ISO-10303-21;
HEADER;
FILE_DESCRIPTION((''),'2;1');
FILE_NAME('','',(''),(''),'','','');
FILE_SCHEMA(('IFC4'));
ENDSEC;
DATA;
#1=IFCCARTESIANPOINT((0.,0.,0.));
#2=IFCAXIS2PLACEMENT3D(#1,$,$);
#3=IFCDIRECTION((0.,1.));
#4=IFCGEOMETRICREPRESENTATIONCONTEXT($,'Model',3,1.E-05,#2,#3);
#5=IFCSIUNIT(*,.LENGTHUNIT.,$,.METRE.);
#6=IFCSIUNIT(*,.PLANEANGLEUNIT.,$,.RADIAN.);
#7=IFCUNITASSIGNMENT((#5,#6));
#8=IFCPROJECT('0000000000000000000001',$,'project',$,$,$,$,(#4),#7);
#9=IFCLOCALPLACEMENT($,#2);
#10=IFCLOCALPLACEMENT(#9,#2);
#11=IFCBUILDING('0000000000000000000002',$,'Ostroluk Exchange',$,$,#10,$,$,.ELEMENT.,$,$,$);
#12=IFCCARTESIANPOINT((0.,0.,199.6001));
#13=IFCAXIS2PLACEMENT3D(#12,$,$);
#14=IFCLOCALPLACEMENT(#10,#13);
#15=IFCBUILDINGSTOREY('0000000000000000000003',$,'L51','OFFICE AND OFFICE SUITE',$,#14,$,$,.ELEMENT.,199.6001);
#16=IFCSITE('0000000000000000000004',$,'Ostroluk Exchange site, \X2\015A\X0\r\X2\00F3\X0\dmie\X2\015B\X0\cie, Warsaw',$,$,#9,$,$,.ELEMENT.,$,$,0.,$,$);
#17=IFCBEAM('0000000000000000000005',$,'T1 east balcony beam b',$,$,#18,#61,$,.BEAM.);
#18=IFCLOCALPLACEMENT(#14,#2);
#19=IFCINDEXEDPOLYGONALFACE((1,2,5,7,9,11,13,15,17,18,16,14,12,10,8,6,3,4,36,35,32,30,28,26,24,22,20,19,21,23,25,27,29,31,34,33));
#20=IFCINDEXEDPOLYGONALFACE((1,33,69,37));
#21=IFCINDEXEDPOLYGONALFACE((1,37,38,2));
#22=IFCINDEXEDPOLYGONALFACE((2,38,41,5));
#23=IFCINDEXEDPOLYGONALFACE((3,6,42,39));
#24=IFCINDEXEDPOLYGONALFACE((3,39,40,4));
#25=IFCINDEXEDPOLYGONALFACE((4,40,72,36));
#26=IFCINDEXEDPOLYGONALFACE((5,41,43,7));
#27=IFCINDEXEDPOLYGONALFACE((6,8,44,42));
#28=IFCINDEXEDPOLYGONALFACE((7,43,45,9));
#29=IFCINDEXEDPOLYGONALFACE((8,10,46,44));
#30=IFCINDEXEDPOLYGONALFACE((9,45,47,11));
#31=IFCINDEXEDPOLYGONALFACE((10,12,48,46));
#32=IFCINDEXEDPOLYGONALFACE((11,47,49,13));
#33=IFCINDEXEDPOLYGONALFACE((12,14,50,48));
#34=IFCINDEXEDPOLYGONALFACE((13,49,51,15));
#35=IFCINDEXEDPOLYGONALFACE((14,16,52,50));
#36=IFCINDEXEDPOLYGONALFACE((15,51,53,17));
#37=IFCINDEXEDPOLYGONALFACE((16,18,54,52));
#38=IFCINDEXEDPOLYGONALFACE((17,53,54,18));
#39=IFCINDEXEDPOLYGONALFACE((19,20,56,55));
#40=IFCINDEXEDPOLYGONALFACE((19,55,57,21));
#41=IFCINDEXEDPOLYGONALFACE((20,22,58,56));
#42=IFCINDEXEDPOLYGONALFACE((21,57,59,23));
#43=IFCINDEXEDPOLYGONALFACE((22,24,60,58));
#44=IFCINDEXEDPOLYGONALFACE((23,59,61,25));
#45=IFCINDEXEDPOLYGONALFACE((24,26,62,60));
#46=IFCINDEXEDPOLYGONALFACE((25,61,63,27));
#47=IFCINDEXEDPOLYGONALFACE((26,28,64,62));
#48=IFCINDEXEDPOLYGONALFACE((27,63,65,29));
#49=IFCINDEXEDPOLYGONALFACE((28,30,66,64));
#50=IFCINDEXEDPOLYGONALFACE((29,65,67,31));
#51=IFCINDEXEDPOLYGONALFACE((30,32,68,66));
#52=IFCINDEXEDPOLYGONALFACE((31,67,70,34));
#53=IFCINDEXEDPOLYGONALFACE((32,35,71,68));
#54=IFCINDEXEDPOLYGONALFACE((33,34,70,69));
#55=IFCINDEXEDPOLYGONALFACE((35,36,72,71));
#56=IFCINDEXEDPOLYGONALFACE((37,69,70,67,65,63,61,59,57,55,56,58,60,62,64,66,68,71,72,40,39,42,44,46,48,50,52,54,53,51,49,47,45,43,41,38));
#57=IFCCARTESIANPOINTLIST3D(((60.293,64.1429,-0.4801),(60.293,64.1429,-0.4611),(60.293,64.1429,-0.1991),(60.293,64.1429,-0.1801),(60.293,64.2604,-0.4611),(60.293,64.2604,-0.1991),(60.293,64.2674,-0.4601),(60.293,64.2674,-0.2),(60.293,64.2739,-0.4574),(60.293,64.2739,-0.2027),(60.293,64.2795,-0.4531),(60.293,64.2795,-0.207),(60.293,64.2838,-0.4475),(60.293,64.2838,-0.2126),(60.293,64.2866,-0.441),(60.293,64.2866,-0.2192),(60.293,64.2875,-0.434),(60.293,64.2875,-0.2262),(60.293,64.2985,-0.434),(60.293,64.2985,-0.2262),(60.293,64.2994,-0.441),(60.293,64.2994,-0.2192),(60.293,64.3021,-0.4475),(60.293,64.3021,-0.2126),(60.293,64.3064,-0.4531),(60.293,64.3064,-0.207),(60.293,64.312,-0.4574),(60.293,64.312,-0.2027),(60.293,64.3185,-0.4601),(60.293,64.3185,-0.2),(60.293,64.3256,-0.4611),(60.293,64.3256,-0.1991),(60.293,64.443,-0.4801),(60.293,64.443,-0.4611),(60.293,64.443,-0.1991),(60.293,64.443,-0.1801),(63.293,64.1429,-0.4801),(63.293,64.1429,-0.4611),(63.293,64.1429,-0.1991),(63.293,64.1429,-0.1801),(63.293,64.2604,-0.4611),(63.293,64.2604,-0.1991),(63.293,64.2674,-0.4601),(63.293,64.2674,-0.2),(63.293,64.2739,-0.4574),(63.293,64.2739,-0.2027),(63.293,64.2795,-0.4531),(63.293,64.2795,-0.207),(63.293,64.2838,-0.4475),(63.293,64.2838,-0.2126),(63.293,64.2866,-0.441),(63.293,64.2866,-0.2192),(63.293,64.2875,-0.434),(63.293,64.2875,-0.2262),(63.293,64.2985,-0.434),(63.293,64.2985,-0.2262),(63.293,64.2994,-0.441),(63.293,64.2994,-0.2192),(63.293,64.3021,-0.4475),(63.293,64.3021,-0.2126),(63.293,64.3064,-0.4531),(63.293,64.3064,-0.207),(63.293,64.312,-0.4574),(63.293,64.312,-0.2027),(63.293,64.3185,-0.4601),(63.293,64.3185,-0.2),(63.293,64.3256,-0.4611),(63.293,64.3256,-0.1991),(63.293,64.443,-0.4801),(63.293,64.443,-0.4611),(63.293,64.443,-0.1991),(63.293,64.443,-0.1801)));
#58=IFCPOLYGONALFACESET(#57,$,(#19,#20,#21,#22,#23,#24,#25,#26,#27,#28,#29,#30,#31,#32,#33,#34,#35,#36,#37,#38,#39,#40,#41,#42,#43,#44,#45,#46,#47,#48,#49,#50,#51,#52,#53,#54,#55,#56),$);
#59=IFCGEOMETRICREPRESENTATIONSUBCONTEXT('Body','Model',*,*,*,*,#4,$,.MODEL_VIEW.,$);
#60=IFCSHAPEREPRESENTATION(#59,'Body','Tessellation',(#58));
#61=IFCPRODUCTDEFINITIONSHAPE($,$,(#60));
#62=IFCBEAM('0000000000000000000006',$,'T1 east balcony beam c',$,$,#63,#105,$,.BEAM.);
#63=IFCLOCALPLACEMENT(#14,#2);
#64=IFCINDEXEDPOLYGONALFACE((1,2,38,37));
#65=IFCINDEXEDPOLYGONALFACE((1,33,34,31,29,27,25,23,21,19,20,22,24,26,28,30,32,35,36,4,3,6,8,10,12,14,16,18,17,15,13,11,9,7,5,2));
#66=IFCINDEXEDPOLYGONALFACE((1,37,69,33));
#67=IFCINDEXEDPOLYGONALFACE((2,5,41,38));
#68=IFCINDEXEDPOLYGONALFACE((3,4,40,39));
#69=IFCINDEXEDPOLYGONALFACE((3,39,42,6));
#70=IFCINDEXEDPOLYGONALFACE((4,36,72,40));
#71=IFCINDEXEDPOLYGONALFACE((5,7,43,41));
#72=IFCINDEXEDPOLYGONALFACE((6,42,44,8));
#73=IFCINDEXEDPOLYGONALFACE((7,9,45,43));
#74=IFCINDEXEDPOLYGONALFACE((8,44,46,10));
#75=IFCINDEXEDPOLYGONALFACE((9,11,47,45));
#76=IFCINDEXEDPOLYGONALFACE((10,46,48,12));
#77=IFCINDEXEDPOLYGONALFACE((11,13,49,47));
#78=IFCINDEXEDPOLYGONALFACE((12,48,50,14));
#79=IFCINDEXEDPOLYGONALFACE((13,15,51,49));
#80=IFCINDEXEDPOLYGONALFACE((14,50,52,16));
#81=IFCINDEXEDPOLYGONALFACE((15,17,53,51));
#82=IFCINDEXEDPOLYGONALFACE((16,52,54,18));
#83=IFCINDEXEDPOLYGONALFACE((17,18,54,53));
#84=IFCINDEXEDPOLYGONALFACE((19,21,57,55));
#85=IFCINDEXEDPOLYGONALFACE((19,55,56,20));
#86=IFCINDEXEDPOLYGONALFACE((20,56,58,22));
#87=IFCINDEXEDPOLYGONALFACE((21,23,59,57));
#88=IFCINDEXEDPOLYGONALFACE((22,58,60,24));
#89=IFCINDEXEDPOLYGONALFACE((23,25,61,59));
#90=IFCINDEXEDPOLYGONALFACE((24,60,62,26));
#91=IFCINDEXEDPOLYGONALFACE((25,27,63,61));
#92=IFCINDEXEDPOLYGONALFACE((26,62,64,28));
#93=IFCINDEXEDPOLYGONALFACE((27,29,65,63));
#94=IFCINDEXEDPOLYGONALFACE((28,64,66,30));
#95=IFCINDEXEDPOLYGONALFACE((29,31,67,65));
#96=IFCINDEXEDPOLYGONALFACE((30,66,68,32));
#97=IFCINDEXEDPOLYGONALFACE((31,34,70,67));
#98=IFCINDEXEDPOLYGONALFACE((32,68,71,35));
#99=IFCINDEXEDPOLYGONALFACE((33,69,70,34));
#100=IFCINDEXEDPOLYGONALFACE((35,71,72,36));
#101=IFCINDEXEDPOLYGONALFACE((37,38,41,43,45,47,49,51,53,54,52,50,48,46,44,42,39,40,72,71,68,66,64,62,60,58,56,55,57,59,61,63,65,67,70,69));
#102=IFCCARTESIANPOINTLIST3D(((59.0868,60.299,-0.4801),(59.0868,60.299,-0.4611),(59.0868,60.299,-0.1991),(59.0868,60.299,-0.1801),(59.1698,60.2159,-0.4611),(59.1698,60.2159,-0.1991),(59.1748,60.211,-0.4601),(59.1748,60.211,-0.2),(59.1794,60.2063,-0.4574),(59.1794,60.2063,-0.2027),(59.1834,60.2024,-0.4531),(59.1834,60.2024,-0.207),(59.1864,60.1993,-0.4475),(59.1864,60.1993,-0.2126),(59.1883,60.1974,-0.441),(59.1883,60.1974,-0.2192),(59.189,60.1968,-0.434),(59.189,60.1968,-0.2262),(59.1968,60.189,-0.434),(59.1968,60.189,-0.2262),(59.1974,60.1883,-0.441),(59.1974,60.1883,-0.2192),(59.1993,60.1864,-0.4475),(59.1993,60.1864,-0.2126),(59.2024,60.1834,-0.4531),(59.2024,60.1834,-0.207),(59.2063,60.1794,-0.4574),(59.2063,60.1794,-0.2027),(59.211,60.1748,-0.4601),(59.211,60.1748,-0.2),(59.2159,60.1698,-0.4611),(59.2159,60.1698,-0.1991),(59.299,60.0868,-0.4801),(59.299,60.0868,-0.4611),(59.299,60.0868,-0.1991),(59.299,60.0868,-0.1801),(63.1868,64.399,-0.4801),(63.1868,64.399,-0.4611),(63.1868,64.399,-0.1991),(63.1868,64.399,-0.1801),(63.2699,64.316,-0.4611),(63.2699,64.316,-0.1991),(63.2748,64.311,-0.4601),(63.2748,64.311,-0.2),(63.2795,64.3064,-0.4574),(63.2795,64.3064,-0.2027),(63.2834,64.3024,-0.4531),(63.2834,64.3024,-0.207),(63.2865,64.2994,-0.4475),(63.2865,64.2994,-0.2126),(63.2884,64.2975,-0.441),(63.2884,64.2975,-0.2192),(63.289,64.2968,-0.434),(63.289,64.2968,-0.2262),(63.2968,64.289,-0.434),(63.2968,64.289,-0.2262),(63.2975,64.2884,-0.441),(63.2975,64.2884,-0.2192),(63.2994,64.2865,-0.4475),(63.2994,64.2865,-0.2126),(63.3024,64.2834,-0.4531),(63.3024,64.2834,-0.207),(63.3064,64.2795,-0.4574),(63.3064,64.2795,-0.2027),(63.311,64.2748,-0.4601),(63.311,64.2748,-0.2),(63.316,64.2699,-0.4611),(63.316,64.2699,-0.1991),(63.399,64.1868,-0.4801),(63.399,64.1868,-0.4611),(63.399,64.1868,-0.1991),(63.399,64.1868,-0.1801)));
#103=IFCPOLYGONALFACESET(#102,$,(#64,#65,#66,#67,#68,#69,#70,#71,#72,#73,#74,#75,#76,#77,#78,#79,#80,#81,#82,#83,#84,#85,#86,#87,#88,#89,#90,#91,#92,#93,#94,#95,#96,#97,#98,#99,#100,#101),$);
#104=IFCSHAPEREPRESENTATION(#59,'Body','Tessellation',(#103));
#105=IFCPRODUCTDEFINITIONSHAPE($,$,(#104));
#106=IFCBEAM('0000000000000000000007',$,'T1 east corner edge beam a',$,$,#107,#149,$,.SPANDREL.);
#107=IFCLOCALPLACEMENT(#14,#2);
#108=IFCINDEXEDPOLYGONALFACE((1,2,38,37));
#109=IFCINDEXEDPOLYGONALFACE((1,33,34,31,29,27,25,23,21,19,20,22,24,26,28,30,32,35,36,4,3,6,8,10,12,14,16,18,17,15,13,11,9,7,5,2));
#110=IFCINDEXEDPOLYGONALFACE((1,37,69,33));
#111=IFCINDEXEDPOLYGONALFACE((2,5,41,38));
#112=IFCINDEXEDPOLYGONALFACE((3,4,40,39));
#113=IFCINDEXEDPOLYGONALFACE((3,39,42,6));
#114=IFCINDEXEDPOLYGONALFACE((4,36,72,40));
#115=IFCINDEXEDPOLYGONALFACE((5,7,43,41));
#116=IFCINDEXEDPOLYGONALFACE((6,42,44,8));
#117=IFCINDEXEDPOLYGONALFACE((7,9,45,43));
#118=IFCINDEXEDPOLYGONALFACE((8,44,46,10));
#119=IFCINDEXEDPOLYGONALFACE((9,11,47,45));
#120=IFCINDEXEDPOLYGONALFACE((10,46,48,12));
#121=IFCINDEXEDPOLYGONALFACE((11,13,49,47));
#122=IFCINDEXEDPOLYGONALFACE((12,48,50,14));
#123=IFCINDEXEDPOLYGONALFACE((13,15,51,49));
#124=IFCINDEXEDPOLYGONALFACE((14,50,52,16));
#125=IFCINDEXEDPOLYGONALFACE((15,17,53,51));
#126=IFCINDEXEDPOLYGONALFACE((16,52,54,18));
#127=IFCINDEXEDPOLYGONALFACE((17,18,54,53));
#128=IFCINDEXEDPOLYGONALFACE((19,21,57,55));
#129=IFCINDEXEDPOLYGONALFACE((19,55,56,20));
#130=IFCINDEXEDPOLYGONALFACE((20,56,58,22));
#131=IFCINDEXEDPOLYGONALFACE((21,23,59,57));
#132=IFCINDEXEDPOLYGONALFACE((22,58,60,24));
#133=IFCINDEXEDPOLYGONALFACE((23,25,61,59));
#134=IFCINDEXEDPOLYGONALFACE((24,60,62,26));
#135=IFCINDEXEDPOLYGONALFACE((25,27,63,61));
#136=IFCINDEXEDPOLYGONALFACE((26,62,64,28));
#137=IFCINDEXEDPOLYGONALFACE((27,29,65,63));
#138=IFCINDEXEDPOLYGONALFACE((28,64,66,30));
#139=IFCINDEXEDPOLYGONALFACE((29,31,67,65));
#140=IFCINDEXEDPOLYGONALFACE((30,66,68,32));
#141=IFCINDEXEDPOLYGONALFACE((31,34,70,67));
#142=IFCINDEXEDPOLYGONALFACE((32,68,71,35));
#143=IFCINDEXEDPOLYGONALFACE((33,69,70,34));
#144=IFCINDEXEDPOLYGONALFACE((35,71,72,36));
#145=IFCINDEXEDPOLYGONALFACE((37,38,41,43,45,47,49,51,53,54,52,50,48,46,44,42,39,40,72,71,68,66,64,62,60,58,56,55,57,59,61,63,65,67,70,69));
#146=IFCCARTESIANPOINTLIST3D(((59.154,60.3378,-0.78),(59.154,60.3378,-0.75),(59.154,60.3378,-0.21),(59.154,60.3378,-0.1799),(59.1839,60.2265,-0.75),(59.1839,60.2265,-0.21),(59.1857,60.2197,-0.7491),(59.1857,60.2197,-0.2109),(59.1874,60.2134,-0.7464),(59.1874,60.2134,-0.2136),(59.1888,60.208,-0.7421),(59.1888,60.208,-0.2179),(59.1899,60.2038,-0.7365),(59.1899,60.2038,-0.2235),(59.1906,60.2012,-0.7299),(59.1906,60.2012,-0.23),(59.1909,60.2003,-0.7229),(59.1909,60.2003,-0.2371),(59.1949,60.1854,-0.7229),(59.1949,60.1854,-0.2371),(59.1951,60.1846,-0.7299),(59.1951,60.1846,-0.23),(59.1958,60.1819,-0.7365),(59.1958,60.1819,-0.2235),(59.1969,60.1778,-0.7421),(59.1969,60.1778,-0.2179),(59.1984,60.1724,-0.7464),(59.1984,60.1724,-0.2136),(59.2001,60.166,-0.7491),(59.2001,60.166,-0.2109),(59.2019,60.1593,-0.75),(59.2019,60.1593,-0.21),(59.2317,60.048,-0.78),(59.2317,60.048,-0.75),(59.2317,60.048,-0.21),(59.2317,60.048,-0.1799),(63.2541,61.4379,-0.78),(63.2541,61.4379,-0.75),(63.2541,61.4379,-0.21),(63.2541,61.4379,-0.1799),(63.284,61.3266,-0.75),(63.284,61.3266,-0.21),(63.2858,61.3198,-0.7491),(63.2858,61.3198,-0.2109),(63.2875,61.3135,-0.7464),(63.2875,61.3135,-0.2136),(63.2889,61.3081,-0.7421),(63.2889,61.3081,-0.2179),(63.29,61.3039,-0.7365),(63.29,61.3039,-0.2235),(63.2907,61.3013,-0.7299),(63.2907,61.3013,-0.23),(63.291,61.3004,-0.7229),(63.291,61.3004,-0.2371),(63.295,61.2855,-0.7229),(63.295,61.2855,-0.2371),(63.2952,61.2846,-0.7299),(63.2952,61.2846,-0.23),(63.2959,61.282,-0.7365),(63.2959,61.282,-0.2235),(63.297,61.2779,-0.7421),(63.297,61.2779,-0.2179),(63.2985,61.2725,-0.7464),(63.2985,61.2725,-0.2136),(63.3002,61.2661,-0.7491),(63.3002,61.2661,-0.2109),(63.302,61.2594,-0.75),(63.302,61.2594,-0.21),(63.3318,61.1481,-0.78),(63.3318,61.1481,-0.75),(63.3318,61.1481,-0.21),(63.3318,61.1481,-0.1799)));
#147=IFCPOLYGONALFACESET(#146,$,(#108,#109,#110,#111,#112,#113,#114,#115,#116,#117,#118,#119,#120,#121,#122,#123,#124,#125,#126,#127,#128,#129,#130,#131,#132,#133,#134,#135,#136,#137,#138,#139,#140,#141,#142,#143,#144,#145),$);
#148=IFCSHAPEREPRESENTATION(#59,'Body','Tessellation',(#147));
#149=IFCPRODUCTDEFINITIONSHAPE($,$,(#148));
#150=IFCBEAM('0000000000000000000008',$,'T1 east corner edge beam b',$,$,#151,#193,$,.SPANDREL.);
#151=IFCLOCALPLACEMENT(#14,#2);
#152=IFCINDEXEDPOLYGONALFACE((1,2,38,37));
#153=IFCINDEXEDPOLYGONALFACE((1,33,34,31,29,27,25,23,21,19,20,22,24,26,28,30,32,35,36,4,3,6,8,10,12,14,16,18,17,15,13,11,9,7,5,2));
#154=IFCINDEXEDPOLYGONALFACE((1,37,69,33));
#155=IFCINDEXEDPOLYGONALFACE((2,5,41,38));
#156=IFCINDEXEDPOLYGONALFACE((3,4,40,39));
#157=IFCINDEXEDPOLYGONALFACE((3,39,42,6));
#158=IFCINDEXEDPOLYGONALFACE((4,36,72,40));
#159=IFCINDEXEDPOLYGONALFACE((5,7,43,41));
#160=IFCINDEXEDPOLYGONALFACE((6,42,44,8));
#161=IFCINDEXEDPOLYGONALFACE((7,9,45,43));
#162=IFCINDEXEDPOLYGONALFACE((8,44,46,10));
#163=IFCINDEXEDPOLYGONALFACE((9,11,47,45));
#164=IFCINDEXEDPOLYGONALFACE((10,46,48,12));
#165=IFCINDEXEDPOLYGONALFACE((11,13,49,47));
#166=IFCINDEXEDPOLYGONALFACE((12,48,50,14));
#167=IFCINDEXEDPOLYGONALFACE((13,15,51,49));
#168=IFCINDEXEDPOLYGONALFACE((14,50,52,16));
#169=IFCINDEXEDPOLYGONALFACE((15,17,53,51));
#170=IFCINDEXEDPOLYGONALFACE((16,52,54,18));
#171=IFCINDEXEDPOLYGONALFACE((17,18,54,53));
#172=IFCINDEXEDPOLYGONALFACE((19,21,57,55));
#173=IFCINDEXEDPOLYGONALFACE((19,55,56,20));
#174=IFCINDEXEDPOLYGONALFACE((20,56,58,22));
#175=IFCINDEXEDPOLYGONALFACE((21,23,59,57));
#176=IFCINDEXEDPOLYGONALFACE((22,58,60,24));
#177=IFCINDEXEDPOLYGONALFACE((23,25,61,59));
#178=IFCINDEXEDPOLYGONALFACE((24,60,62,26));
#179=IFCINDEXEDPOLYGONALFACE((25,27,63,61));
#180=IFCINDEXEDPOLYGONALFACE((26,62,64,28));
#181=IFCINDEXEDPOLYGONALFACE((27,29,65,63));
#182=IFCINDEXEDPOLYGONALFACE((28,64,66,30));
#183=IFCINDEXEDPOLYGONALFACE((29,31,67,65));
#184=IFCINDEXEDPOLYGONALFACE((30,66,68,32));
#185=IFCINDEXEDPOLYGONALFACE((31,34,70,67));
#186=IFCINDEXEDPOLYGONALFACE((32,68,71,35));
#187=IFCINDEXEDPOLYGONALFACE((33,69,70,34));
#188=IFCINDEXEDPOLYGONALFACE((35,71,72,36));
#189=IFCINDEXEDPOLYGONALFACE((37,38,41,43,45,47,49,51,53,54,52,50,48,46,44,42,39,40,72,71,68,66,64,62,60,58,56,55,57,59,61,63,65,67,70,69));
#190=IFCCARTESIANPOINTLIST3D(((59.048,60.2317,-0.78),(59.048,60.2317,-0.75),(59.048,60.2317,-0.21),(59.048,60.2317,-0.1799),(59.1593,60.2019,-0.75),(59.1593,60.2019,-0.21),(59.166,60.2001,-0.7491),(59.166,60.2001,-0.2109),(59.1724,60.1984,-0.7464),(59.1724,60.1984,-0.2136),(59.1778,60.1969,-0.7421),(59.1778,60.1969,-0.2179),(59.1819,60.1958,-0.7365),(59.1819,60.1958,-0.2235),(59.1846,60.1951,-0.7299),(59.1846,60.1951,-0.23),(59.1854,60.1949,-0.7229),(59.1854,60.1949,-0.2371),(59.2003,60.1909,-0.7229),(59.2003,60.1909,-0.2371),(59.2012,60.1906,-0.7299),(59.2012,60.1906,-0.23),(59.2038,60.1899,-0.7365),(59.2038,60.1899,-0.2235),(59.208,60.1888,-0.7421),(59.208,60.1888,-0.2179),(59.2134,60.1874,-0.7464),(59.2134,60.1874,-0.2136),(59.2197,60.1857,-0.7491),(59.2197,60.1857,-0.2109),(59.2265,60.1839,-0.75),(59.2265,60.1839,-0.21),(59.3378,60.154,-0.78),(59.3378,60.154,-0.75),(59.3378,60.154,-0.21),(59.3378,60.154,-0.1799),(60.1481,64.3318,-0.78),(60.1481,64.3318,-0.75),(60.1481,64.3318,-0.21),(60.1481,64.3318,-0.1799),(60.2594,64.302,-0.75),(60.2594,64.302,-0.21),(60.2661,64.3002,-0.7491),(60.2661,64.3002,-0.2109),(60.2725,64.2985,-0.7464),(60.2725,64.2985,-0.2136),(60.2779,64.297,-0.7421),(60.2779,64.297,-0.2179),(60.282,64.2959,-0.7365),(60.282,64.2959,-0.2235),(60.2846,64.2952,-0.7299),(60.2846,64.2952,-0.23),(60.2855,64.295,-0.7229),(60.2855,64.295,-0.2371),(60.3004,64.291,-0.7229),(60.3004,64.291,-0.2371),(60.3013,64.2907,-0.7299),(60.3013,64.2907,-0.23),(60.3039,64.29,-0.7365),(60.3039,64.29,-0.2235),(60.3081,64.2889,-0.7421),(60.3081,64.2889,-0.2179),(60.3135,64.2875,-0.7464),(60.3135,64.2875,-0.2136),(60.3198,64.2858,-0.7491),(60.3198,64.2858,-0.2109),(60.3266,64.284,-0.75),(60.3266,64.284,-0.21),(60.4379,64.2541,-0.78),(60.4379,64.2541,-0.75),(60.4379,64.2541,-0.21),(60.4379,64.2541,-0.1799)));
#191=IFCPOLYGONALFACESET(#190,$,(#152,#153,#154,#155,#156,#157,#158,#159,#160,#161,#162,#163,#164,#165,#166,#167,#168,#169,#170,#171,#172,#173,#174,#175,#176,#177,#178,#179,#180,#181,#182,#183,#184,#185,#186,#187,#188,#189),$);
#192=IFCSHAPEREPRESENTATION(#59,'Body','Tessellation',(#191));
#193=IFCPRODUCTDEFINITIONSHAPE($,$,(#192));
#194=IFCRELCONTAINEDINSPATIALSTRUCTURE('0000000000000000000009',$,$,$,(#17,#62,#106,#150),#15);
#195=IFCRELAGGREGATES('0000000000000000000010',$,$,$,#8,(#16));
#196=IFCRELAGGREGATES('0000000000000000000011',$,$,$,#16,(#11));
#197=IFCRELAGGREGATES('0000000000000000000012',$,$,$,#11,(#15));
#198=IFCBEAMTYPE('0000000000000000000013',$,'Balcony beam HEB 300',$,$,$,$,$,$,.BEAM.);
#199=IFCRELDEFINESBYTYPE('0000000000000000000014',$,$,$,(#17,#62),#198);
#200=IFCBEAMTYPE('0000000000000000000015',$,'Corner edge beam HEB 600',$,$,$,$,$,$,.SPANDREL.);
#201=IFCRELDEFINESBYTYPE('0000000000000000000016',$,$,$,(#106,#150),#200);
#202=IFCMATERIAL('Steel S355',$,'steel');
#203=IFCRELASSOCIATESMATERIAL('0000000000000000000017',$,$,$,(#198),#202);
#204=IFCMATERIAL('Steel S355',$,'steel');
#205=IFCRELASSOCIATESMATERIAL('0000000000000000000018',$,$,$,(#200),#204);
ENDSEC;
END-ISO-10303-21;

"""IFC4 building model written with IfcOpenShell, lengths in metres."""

from ifc_helpers import new_model, si_unit, direction, frame, origin, origin_2d, place, context, subcontext, project, spatial, i_section, extrude, material, material_profile, profile_set, type_object, element, save


model = new_model("IFC4")

# Units and contexts
model_context = context("Model", 3, precision=1e-05, world=origin(), true_north=direction((0.0, 1.0)))
body_context = subcontext(model_context, "Body", "Model", "MODEL_VIEW")
ifc_project = project(units=[si_unit("LENGTHUNIT", "METRE"), si_unit("PLANEANGLEUNIT", "RADIAN")], contexts=[model_context])

# Site, building, storey
site_placement = place(None, origin())
site = spatial("IfcSite", under=ifc_project, at=site_placement, Name="Ostroluk Exchange site, Śródmieście, Warsaw", CompositionType="ELEMENT", RefElevation=0.0)
building_placement = place(site_placement, origin())
building = spatial("IfcBuilding", under=site, at=building_placement, Name="Ostroluk Exchange", CompositionType="ELEMENT")
storey_placement = place(building_placement, frame((0.0, 0.0, 199.6001)))
storey = spatial("IfcBuildingStorey", under=building, at=storey_placement, Name="L51", Description="OFFICE AND OFFICE SUITE", CompositionType="ELEMENT", Elevation=199.6001)

# Beams
ifc_material_1 = material(Name="Steel S355", Category="steel")
ifc_material_profile_1 = material_profile(ifc_material_1, i_section(OverallWidth=0.3, OverallDepth=0.3, WebThickness=0.011, FlangeThickness=0.019, FilletRadius=0.0271, at=origin_2d()), Name="HEB 300")
ifc_profile_set_1 = profile_set([ifc_material_profile_1], Name="Steel S355")
beam_type_1 = type_object("IfcBeamType", Name="Balcony beam HEB 300", PredefinedType="BEAM", material=ifc_profile_set_1)
for number, where, z_axis, x_axis, name in (
    (1, (60.293, 64.293, -0.3301), (1.0, 0.0, 0.0), (0.0, 1.0, 0.0), "T1 east balcony beam b"),
):
    element("IfcBeam", number, at=place(storey_placement, frame(where, z_axis=z_axis, x_axis=x_axis)), inside=storey, type_object=beam_type_1, Name=name, PredefinedType="BEAM", context=body_context, shape_type="SweptSolid", body=[
        extrude(i_section(OverallWidth=0.3, OverallDepth=0.3, WebThickness=0.011, FlangeThickness=0.019, FilletRadius=0.0271, at=origin_2d()), origin(), (0.0, 0.0, 1.0), 3.0),
    ])
beam_1_placement = place(storey_placement, frame((59.1929, 60.1929, -0.3301), z_axis=(0.707107, 0.707107, 0.0), x_axis=(-0.707107, 0.707107, 0.0)))
element("IfcBeam", 2, at=beam_1_placement, inside=storey, type_object=beam_type_1, Name="T1 east balcony beam c", PredefinedType="BEAM", context=body_context, shape_type="SweptSolid", body=[
    extrude(i_section(OverallWidth=0.3, OverallDepth=0.3, WebThickness=0.011, FlangeThickness=0.019, FilletRadius=0.0271, at=origin_2d()), origin(), (0.0, 0.0, 1.0), 5.7983),
])
ifc_material_2 = material(Name="Steel S355", Category="steel")
ifc_material_profile_2 = material_profile(ifc_material_2, i_section(OverallWidth=0.3, OverallDepth=0.6001, WebThickness=0.0154, FlangeThickness=0.03, FilletRadius=0.0271, at=origin_2d()), Name="HEB 600")
ifc_profile_set_2 = profile_set([ifc_material_profile_2], Name="Steel S355")
beam_type_2 = type_object("IfcBeamType", Name="Corner edge beam HEB 600", PredefinedType="SPANDREL", material=ifc_profile_set_2)
for number, where, z_axis, x_axis, name in (
    (3, (59.1929, 60.1929, -0.48), (0.965839, 0.259144, 0.0), (-0.259144, 0.965839, 0.0), "T1 east corner edge beam a"),
    (4, (59.1929, 60.1929, -0.48), (0.259144, 0.965839, 0.0), (-0.965839, 0.259144, 0.0), "T1 east corner edge beam b"),
):
    element("IfcBeam", number, at=place(storey_placement, frame(where, z_axis=z_axis, x_axis=x_axis)), inside=storey, type_object=beam_type_2, Name=name, PredefinedType="SPANDREL", context=body_context, shape_type="SweptSolid", body=[
        extrude(i_section(OverallWidth=0.3, OverallDepth=0.6001, WebThickness=0.0154, FlangeThickness=0.03, FilletRadius=0.0271, at=origin_2d()), origin(), (0.0, 0.0, 1.0), 4.2451),
    ])

save(model, "model.ifc")
